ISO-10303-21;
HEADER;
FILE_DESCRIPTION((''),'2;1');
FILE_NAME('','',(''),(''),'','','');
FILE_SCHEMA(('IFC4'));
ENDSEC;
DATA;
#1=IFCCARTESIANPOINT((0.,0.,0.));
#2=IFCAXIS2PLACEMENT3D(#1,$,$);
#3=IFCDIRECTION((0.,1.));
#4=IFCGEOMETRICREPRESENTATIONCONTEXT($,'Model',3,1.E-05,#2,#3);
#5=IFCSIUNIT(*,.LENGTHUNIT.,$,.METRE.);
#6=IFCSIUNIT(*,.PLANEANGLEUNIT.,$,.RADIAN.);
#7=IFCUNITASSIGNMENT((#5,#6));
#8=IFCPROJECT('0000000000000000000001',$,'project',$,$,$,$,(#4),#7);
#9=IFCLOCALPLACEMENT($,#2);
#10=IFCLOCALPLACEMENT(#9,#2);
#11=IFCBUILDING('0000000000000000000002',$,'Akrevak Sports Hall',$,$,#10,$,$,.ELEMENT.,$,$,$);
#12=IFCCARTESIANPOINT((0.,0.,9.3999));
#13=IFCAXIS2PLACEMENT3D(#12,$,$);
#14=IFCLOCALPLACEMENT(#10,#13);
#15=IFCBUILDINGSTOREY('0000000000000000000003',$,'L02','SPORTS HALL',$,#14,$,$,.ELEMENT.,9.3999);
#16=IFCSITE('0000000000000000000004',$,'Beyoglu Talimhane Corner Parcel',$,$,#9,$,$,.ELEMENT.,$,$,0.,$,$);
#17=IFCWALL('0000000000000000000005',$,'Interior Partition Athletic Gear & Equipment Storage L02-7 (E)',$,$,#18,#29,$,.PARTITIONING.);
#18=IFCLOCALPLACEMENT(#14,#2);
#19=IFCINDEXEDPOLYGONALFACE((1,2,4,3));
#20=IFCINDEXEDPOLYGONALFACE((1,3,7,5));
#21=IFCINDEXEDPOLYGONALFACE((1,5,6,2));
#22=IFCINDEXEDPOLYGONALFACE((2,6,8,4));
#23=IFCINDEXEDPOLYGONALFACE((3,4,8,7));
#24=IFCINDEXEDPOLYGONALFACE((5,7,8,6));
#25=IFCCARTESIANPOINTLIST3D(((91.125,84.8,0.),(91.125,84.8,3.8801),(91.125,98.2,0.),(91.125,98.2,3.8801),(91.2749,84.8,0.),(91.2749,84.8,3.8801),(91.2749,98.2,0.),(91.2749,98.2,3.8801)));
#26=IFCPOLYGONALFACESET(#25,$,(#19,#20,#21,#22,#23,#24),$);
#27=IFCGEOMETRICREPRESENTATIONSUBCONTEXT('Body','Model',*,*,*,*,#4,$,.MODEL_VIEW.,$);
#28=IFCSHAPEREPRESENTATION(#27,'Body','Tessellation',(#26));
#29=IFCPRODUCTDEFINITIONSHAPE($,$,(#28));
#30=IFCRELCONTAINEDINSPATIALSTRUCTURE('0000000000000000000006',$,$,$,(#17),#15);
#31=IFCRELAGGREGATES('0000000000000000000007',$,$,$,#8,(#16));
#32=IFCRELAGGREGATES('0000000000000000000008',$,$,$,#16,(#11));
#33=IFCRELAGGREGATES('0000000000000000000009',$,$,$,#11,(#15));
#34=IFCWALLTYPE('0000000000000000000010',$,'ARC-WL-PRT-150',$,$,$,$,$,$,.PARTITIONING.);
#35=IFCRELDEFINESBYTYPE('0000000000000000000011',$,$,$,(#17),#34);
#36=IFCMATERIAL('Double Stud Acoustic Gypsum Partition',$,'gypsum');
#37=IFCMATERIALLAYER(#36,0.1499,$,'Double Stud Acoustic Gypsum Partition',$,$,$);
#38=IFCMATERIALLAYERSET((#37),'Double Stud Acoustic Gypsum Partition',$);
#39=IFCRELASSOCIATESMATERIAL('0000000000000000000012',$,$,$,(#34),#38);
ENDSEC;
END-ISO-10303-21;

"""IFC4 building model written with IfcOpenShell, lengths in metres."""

from ifc_helpers import new_model, si_unit, direction, frame, frame_2d, origin, place, context, subcontext, project, spatial, rectangle, extrude, material, layer, layer_set, type_object, element, save


model = new_model("IFC4")

# Units and contexts
model_context = context("Model", 3, precision=1e-05, world=origin(), true_north=direction((0.0, 1.0)))
body_context = subcontext(model_context, "Body", "Model", "MODEL_VIEW")
ifc_project = project(units=[si_unit("LENGTHUNIT", "METRE"), si_unit("PLANEANGLEUNIT", "RADIAN")], contexts=[model_context])

# Site, building, storey
site_placement = place(None, origin())
site = spatial("IfcSite", under=ifc_project, at=site_placement, Name="Beyoglu Talimhane Corner Parcel", CompositionType="ELEMENT", RefElevation=0.0)
building_placement = place(site_placement, origin())
building = spatial("IfcBuilding", under=site, at=building_placement, Name="Akrevak Sports Hall", CompositionType="ELEMENT")
storey_placement = place(building_placement, frame((0.0, 0.0, 9.3999)))
storey = spatial("IfcBuildingStorey", under=building, at=storey_placement, Name="L02", Description="SPORTS HALL", CompositionType="ELEMENT", Elevation=9.3999)

# Shared definitions
ifc_material_1 = material(Name="Double Stud Acoustic Gypsum Partition", Category="gypsum")
ifc_layer_1 = layer(ifc_material_1, 0.1499, Name="Double Stud Acoustic Gypsum Partition")
ifc_layer_set_1 = layer_set([ifc_layer_1], Name="Double Stud Acoustic Gypsum Partition")
wall_type_1 = type_object("IfcWallType", Name="ARC-WL-PRT-150", PredefinedType="PARTITIONING", material=ifc_layer_set_1)

# Wall
for number, where, z_axis, x_axis, name in (
    (1, (91.2, 84.8, 0.0), (0.0, 0.0, 1.0), (0.0, 1.0, 0.0), "Interior Partition Athletic Gear & Equipment Storage L02-7 (E)"),
):
    element("IfcWall", number, at=place(storey_placement, frame(where, z_axis=z_axis, x_axis=x_axis)), inside=storey, type_object=wall_type_1, Name=name, PredefinedType="PARTITIONING", context=body_context, shape_type="SweptSolid", body=[
        extrude(rectangle(XDim=13.3999, YDim=0.1499, at=frame_2d((6.7, 0.0))), origin(), (0.0, 0.0, 1.0), 3.8801),
    ])

save(model, "model.ifc")
